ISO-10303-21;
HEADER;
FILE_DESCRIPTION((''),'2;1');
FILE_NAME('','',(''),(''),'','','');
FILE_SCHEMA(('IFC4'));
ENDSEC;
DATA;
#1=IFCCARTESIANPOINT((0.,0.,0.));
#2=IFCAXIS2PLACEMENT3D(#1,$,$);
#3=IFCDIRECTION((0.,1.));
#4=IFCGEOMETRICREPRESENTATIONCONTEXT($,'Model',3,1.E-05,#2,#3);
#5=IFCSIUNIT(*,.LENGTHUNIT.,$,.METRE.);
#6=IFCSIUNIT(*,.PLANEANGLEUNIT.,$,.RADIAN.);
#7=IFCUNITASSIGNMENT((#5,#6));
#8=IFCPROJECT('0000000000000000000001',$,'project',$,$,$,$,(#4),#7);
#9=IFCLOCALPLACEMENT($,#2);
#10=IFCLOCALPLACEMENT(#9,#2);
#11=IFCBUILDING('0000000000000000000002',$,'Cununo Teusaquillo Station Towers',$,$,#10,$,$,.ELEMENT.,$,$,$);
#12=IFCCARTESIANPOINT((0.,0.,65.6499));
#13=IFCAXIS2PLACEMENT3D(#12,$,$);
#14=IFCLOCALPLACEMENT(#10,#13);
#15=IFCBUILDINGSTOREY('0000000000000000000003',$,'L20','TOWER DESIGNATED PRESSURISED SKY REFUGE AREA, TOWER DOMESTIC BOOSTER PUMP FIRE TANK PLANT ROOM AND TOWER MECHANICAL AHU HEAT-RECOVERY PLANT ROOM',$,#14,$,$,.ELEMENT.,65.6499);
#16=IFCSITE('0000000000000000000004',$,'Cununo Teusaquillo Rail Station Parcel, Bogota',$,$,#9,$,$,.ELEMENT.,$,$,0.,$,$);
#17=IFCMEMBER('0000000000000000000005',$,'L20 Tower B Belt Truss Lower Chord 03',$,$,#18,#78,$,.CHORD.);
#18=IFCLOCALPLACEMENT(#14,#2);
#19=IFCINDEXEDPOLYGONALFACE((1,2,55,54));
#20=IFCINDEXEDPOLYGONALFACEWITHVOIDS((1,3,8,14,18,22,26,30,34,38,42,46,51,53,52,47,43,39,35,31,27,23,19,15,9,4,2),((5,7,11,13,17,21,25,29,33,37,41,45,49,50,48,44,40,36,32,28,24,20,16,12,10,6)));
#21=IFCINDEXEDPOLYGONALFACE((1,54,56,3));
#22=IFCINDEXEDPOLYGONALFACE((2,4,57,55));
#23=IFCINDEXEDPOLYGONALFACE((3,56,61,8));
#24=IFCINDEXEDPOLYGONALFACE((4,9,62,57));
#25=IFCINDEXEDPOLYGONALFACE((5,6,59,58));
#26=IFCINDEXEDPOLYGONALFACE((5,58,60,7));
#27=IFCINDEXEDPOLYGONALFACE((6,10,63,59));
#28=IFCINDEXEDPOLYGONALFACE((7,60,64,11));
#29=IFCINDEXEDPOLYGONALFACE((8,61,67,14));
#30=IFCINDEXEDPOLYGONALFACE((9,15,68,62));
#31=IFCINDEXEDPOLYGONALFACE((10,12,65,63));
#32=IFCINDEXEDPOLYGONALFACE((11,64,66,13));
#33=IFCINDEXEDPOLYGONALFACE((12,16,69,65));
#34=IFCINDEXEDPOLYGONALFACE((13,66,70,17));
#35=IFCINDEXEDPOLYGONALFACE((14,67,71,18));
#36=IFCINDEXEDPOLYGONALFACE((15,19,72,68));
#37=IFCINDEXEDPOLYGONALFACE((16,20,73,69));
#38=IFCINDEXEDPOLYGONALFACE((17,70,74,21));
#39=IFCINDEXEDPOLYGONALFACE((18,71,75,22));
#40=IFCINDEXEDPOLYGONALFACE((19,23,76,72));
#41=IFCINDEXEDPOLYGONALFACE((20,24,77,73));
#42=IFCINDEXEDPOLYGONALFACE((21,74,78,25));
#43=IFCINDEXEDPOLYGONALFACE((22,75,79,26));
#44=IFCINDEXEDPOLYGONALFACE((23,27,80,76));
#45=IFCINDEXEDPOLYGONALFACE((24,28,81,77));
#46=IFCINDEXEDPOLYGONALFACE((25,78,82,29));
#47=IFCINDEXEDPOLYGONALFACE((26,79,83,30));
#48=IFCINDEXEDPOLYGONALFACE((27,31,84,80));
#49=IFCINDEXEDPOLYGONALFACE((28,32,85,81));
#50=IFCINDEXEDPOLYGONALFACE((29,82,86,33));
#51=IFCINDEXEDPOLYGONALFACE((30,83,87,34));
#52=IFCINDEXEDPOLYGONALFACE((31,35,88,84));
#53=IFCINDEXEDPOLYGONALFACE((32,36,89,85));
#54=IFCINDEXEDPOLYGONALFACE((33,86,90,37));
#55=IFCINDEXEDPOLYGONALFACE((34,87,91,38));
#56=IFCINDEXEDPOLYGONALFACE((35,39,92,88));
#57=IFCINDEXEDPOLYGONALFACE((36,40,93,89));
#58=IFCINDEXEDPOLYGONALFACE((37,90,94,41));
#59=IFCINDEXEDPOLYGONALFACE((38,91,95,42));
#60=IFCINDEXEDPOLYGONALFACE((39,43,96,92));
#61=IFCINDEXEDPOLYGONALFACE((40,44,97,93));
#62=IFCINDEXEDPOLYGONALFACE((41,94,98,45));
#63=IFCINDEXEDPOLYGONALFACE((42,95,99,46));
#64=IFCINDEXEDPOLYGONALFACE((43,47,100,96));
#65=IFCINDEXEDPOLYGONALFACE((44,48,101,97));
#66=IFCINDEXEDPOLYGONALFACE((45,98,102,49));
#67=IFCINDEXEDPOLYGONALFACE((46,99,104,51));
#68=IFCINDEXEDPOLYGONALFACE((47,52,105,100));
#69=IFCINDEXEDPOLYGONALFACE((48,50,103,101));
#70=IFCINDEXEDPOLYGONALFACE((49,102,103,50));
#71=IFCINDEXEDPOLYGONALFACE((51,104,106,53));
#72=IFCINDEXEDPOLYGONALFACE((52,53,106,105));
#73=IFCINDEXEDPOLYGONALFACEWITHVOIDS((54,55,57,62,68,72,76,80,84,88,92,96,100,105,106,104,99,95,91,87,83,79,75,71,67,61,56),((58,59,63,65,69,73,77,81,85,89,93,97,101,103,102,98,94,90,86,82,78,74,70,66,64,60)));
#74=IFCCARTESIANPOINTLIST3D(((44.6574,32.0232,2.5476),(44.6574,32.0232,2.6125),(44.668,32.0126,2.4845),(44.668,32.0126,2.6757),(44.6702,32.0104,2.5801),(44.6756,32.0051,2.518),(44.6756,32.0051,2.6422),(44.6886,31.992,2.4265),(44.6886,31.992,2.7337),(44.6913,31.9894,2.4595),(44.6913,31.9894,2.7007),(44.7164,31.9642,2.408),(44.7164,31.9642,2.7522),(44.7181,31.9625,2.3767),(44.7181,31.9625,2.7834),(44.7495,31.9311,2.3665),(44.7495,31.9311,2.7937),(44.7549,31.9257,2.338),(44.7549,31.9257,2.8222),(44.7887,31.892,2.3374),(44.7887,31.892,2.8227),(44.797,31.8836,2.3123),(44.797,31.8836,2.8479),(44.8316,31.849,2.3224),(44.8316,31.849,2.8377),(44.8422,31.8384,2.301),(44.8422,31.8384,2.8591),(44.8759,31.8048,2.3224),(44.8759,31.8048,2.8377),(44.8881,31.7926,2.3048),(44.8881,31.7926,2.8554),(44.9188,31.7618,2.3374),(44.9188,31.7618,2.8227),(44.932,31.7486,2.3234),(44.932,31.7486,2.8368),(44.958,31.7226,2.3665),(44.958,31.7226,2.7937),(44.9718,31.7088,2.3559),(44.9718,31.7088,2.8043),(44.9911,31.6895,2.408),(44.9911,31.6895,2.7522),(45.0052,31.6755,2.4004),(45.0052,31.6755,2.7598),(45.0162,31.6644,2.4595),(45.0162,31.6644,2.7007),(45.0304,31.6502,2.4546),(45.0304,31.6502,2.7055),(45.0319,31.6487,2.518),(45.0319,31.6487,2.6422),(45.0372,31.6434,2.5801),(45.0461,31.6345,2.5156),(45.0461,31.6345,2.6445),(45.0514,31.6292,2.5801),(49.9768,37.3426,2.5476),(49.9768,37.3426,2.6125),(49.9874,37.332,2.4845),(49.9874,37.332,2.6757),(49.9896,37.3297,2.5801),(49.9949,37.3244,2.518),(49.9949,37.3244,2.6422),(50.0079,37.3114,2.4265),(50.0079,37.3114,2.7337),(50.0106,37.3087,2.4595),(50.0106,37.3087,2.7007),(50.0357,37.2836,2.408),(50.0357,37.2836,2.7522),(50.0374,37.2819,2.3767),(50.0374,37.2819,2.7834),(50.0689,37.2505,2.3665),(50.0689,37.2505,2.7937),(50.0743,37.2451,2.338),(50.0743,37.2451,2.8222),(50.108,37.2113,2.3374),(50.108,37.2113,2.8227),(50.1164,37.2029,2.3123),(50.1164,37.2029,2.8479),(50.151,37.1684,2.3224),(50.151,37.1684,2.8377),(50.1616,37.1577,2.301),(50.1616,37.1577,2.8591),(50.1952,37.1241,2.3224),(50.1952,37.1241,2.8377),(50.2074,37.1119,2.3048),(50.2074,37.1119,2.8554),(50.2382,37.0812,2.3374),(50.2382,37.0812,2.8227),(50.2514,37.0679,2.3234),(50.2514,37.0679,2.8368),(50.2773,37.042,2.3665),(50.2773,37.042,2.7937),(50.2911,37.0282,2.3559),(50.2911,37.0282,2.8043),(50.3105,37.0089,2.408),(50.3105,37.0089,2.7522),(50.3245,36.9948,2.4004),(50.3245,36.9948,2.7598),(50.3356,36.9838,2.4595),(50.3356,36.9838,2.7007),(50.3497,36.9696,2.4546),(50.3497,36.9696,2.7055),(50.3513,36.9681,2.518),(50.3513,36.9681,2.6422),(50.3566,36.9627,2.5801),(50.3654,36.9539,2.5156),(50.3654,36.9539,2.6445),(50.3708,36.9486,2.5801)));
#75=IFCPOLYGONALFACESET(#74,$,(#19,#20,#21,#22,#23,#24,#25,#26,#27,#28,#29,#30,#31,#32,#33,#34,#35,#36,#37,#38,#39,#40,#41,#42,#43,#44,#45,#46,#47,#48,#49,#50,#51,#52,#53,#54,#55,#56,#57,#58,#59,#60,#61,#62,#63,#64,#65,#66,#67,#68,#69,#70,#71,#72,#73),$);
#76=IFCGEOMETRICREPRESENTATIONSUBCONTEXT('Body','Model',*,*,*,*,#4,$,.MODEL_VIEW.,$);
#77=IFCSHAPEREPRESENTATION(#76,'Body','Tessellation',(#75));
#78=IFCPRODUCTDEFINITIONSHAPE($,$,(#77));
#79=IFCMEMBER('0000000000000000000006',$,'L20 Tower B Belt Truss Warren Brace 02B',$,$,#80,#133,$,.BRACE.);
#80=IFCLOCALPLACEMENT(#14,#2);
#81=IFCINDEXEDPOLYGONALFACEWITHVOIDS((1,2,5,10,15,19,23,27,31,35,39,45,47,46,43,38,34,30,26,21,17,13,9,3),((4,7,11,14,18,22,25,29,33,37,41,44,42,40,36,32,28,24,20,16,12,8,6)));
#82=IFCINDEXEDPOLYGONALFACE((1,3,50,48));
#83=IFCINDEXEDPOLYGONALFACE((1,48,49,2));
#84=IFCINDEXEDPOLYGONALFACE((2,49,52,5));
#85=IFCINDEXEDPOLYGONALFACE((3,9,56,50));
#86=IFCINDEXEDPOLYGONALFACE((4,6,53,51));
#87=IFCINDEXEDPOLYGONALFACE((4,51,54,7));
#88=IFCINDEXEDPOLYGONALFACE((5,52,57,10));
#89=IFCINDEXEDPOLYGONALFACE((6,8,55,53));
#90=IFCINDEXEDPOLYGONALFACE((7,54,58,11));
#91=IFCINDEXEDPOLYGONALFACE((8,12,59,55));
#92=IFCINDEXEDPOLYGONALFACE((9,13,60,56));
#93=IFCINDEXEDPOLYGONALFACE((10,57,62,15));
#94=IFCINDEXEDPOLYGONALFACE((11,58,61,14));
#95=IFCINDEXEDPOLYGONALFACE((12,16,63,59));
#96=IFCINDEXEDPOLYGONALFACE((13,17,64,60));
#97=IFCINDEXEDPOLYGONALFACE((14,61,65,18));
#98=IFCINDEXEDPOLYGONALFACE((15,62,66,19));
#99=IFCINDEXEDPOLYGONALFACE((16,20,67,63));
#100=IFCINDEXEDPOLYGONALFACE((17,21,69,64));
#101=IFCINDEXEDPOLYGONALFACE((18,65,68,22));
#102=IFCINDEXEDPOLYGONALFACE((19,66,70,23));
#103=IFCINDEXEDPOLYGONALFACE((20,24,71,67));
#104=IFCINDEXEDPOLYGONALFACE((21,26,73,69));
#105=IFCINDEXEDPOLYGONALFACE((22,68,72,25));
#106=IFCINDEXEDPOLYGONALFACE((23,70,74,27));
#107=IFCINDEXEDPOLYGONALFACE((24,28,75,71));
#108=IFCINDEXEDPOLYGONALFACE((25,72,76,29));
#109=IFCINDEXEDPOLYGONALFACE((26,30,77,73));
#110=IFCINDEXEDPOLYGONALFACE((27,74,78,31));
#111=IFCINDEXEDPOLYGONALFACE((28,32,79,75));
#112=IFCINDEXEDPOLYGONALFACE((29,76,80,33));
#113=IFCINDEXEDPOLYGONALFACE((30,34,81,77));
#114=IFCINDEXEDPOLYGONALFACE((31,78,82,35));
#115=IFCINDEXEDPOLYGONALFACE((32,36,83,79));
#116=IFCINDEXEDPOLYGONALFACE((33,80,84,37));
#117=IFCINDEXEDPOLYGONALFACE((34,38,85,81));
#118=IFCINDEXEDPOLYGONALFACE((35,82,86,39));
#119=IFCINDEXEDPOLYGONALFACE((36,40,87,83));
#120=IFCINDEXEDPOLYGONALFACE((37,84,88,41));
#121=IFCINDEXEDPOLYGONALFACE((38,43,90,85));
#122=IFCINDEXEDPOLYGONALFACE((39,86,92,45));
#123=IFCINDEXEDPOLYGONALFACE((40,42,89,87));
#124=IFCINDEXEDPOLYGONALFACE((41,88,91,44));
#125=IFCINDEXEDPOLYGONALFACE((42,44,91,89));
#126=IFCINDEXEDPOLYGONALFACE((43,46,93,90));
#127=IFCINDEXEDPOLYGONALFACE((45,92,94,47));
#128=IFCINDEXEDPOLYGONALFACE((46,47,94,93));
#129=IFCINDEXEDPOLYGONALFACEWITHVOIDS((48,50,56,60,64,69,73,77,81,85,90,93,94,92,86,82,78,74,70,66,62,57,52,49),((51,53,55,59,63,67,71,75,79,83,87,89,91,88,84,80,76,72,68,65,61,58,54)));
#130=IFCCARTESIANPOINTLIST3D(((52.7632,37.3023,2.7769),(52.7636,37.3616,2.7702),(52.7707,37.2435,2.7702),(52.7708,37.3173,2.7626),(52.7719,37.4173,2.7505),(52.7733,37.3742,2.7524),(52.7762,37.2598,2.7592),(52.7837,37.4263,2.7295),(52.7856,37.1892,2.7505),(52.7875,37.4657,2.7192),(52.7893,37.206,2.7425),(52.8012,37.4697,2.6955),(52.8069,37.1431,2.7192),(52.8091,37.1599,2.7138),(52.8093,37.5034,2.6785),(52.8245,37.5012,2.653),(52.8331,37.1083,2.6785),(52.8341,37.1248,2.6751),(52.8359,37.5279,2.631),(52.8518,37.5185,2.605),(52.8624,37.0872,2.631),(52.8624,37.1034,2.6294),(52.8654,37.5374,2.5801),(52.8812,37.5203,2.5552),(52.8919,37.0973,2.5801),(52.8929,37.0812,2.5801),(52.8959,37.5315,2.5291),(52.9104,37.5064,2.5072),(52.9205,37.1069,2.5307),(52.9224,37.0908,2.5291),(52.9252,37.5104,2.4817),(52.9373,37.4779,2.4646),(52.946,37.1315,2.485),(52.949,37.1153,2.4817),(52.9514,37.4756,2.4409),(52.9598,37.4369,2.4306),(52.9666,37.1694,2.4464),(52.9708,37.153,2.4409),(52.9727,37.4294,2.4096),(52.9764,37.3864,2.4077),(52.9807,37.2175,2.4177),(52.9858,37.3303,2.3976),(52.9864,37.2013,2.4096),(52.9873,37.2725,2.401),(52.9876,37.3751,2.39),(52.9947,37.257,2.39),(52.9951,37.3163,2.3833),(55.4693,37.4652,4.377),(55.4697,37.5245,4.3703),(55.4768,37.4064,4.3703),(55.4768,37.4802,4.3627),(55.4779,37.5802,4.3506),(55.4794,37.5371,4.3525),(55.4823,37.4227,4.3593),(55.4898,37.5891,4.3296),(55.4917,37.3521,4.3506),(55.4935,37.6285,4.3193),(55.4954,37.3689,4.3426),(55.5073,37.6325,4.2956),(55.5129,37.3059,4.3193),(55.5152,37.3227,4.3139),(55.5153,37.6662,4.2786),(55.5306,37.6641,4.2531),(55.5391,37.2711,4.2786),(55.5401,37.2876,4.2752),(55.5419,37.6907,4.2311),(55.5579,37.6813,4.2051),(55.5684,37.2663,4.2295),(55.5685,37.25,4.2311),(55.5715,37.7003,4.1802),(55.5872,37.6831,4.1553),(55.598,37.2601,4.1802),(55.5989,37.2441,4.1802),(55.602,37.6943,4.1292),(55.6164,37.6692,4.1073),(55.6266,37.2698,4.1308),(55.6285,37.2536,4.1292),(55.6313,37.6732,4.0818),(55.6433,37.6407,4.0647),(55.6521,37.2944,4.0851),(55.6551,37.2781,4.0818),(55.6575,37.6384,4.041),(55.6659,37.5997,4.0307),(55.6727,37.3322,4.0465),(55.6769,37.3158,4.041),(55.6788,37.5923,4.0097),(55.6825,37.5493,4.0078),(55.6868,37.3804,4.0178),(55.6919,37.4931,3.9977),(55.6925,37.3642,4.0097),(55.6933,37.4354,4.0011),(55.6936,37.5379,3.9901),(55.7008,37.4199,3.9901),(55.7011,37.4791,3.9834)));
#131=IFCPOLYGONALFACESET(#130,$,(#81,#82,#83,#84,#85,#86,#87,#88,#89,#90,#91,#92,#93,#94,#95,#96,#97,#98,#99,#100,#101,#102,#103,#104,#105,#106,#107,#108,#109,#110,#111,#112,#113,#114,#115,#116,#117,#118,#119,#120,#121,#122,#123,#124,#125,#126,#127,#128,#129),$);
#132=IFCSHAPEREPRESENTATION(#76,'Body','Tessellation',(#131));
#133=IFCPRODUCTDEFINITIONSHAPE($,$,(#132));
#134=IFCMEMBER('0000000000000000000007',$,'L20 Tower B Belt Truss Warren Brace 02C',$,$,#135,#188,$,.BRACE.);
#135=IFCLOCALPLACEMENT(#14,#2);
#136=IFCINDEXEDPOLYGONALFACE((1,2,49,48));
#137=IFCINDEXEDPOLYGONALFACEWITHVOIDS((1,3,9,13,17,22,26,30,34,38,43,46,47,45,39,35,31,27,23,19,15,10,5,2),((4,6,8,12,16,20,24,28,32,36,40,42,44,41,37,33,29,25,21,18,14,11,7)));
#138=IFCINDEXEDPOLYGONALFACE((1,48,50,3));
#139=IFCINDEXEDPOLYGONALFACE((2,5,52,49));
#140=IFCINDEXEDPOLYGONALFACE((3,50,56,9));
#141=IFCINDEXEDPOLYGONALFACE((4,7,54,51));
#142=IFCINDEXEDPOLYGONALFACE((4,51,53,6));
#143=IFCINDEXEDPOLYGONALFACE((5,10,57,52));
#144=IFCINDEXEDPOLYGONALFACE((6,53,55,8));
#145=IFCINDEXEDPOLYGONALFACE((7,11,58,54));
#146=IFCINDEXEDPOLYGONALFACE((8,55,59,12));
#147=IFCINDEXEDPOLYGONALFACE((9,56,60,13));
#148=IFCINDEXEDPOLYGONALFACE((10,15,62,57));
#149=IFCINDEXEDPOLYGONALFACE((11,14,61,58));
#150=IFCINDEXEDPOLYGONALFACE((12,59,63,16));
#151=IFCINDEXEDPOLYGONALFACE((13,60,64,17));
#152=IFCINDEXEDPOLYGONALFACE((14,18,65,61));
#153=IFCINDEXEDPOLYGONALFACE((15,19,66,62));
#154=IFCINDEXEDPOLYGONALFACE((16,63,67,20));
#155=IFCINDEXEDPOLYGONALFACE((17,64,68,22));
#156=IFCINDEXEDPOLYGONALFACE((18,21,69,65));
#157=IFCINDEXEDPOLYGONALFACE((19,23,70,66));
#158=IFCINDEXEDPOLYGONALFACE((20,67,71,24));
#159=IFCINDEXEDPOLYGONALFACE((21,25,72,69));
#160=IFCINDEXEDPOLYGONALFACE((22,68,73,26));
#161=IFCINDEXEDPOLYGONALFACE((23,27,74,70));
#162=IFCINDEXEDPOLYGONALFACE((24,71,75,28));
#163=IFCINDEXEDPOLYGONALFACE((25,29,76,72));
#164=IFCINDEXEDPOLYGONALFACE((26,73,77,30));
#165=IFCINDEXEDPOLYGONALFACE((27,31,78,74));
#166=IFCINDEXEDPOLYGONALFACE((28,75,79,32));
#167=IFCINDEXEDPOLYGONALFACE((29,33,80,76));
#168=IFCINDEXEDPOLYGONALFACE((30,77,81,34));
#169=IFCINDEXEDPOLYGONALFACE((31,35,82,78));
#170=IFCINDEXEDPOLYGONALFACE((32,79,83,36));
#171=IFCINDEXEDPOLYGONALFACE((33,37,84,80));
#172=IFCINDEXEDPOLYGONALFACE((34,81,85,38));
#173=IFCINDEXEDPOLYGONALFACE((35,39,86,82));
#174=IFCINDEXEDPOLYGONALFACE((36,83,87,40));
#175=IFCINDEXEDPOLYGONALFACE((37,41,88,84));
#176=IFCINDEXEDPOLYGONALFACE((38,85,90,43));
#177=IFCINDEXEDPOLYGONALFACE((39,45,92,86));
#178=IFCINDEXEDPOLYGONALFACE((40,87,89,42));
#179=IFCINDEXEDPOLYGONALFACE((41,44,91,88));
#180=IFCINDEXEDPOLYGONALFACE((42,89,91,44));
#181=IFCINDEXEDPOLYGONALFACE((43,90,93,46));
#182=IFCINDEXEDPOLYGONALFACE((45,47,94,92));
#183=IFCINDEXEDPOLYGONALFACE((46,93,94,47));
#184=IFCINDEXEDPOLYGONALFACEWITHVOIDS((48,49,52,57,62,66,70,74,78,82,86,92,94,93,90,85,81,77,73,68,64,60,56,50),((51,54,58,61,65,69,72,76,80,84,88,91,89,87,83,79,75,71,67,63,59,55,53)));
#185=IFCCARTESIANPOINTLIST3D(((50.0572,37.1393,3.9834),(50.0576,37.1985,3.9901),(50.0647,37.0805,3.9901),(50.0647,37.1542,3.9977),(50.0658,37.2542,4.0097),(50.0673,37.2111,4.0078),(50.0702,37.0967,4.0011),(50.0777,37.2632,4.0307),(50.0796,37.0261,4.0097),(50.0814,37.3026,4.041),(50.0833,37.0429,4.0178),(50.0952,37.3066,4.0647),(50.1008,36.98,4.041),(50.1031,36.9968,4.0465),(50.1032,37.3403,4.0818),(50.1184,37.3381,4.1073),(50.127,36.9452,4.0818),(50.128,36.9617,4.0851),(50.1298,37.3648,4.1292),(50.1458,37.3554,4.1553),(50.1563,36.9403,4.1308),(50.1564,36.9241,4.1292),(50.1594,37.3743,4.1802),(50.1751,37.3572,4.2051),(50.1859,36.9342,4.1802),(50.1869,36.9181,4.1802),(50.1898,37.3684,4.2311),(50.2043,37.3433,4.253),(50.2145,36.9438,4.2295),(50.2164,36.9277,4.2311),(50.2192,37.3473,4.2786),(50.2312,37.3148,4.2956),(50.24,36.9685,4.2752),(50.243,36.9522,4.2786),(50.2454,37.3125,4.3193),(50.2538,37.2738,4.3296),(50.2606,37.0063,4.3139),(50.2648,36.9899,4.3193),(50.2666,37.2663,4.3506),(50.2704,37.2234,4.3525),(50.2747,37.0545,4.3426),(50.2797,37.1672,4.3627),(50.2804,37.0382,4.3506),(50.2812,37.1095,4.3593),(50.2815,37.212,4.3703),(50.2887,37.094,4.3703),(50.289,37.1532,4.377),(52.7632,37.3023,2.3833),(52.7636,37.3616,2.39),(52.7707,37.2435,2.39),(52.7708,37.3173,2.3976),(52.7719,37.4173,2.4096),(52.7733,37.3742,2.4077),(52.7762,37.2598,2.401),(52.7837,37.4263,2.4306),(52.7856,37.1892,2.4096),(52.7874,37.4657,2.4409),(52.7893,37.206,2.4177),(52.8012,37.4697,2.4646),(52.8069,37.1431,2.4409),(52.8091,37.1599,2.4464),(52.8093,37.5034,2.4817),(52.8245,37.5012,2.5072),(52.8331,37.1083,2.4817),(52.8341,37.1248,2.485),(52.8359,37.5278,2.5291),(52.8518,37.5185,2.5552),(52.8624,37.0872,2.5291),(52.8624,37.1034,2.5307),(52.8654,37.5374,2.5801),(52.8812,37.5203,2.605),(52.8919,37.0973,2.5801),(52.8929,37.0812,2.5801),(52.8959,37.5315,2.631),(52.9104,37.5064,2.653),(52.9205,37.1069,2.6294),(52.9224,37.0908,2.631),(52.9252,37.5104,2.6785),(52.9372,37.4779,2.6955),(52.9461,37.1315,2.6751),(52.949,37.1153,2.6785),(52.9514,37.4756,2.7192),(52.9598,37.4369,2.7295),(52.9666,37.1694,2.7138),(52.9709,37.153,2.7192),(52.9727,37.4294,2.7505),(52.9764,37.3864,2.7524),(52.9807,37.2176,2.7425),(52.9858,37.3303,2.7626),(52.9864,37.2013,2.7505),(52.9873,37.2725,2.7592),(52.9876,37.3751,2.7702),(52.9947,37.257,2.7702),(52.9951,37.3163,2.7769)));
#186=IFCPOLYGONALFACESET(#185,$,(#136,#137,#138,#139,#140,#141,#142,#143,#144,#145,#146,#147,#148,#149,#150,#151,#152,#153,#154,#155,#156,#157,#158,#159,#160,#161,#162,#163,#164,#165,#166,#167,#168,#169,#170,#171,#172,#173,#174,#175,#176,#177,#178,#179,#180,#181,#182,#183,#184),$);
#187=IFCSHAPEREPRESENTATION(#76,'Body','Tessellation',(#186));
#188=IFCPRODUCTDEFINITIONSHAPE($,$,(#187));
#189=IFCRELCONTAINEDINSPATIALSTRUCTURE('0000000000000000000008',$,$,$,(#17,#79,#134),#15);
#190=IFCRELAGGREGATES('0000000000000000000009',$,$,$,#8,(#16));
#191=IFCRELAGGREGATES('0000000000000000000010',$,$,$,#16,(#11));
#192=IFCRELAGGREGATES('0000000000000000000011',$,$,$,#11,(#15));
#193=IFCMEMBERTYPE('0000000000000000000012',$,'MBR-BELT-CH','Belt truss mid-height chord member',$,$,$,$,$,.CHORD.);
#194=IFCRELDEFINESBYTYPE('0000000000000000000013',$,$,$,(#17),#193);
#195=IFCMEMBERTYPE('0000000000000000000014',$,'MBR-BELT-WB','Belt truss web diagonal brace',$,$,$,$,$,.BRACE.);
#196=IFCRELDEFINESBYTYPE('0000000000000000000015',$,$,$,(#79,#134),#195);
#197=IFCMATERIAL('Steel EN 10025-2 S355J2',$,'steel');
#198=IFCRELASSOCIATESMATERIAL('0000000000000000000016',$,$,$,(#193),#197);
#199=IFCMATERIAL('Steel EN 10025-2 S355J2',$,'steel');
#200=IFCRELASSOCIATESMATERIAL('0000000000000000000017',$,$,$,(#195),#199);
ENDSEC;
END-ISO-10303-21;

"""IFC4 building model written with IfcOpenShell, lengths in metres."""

from ifc_helpers import new_model, si_unit, direction, frame, origin, origin_2d, place, context, subcontext, project, spatial, hollow_circle, extrude, material, material_profile, profile_set, type_object, element, save


model = new_model("IFC4")

# Units and contexts
model_context = context("Model", 3, precision=1e-05, world=origin(), true_north=direction((0.0, 1.0)))
body_context = subcontext(model_context, "Body", "Model", "MODEL_VIEW")
ifc_project = project(units=[si_unit("LENGTHUNIT", "METRE"), si_unit("PLANEANGLEUNIT", "RADIAN")], contexts=[model_context])

# Site, building, storey
site_placement = place(None, origin())
site = spatial("IfcSite", under=ifc_project, at=site_placement, Name="Cununo Teusaquillo Rail Station Parcel, Bogota", CompositionType="ELEMENT", RefElevation=0.0)
building_placement = place(site_placement, origin())
building = spatial("IfcBuilding", under=site, at=building_placement, Name="Cununo Teusaquillo Station Towers", CompositionType="ELEMENT")
storey_placement = place(building_placement, frame((0.0, 0.0, 65.6499)))
storey = spatial("IfcBuildingStorey", under=building, at=storey_placement, Name="L20", Description="TOWER DESIGNATED PRESSURISED SKY REFUGE AREA, TOWER DOMESTIC BOOSTER PUMP FIRE TANK PLANT ROOM AND TOWER MECHANICAL AHU HEAT-RECOVERY PLANT ROOM", CompositionType="ELEMENT", Elevation=65.6499)

# Members
ifc_material_1 = material(Name="Steel EN 10025-2 S355J2", Category="steel")
ifc_material_profile_1 = material_profile(ifc_material_1, hollow_circle(Radius=0.2795, WallThickness=0.02, at=origin_2d()), Name="CHS 559x20")
ifc_profile_set_1 = profile_set([ifc_material_profile_1], Name="Steel EN 10025-2 S355J2")
member_type_1 = type_object("IfcMemberType", Name="MBR-BELT-CH", Description="Belt truss mid-height chord member", PredefinedType="CHORD", material=ifc_profile_set_1)
member_1_placement = place(storey_placement, frame((50.1731, 37.1462, 2.5801), z_axis=(-0.707107, -0.707107, 0.0), x_axis=(0.707107, -0.707107, 0.0)))
element("IfcMember", 1, at=member_1_placement, inside=storey, type_object=member_type_1, Name="L20 Tower B Belt Truss Lower Chord 03", PredefinedType="CHORD", context=body_context, shape_type="SweptSolid", body=[
    extrude(hollow_circle(Radius=0.2795, WallThickness=0.02, at=origin_2d()), origin(), (0.0, 0.0, 1.0), 7.5227),
])
ifc_material_2 = material(Name="Steel EN 10025-2 S355J2", Category="steel")
ifc_material_profile_2 = material_profile(ifc_material_2, hollow_circle(Radius=0.2285, WallThickness=0.0161, at=origin_2d()), Name="CHS 457x16")
ifc_profile_set_2 = profile_set([ifc_material_profile_2], Name="Steel EN 10025-2 S355J2")
member_type_2 = type_object("IfcMemberType", Name="MBR-BELT-WB", Description="Belt truss web diagonal brace", PredefinedType="BRACE", material=ifc_profile_set_2)
for number, where, z_axis, x_axis, name in (
    (2, (55.5852, 37.4722, 4.1802), (-0.859626, -0.05173, -0.508299), (0.060068, -0.998194, 0.0), "L20 Tower B Belt Truss Warren Brace 02B"),
    (3, (52.8792, 37.3093, 2.5801), (-0.859622, -0.051807, 0.508297), (0.060158, -0.998189, 0.0), "L20 Tower B Belt Truss Warren Brace 02C"),
):
    element("IfcMember", number, at=place(storey_placement, frame(where, z_axis=z_axis, x_axis=x_axis)), inside=storey, type_object=member_type_2, Name=name, PredefinedType="BRACE", context=body_context, shape_type="SweptSolid", body=[
        extrude(hollow_circle(Radius=0.2285, WallThickness=0.0161, at=origin_2d()), origin(), (0.0, 0.0, 1.0), 3.1479),
    ])

save(model, "model.ifc")
